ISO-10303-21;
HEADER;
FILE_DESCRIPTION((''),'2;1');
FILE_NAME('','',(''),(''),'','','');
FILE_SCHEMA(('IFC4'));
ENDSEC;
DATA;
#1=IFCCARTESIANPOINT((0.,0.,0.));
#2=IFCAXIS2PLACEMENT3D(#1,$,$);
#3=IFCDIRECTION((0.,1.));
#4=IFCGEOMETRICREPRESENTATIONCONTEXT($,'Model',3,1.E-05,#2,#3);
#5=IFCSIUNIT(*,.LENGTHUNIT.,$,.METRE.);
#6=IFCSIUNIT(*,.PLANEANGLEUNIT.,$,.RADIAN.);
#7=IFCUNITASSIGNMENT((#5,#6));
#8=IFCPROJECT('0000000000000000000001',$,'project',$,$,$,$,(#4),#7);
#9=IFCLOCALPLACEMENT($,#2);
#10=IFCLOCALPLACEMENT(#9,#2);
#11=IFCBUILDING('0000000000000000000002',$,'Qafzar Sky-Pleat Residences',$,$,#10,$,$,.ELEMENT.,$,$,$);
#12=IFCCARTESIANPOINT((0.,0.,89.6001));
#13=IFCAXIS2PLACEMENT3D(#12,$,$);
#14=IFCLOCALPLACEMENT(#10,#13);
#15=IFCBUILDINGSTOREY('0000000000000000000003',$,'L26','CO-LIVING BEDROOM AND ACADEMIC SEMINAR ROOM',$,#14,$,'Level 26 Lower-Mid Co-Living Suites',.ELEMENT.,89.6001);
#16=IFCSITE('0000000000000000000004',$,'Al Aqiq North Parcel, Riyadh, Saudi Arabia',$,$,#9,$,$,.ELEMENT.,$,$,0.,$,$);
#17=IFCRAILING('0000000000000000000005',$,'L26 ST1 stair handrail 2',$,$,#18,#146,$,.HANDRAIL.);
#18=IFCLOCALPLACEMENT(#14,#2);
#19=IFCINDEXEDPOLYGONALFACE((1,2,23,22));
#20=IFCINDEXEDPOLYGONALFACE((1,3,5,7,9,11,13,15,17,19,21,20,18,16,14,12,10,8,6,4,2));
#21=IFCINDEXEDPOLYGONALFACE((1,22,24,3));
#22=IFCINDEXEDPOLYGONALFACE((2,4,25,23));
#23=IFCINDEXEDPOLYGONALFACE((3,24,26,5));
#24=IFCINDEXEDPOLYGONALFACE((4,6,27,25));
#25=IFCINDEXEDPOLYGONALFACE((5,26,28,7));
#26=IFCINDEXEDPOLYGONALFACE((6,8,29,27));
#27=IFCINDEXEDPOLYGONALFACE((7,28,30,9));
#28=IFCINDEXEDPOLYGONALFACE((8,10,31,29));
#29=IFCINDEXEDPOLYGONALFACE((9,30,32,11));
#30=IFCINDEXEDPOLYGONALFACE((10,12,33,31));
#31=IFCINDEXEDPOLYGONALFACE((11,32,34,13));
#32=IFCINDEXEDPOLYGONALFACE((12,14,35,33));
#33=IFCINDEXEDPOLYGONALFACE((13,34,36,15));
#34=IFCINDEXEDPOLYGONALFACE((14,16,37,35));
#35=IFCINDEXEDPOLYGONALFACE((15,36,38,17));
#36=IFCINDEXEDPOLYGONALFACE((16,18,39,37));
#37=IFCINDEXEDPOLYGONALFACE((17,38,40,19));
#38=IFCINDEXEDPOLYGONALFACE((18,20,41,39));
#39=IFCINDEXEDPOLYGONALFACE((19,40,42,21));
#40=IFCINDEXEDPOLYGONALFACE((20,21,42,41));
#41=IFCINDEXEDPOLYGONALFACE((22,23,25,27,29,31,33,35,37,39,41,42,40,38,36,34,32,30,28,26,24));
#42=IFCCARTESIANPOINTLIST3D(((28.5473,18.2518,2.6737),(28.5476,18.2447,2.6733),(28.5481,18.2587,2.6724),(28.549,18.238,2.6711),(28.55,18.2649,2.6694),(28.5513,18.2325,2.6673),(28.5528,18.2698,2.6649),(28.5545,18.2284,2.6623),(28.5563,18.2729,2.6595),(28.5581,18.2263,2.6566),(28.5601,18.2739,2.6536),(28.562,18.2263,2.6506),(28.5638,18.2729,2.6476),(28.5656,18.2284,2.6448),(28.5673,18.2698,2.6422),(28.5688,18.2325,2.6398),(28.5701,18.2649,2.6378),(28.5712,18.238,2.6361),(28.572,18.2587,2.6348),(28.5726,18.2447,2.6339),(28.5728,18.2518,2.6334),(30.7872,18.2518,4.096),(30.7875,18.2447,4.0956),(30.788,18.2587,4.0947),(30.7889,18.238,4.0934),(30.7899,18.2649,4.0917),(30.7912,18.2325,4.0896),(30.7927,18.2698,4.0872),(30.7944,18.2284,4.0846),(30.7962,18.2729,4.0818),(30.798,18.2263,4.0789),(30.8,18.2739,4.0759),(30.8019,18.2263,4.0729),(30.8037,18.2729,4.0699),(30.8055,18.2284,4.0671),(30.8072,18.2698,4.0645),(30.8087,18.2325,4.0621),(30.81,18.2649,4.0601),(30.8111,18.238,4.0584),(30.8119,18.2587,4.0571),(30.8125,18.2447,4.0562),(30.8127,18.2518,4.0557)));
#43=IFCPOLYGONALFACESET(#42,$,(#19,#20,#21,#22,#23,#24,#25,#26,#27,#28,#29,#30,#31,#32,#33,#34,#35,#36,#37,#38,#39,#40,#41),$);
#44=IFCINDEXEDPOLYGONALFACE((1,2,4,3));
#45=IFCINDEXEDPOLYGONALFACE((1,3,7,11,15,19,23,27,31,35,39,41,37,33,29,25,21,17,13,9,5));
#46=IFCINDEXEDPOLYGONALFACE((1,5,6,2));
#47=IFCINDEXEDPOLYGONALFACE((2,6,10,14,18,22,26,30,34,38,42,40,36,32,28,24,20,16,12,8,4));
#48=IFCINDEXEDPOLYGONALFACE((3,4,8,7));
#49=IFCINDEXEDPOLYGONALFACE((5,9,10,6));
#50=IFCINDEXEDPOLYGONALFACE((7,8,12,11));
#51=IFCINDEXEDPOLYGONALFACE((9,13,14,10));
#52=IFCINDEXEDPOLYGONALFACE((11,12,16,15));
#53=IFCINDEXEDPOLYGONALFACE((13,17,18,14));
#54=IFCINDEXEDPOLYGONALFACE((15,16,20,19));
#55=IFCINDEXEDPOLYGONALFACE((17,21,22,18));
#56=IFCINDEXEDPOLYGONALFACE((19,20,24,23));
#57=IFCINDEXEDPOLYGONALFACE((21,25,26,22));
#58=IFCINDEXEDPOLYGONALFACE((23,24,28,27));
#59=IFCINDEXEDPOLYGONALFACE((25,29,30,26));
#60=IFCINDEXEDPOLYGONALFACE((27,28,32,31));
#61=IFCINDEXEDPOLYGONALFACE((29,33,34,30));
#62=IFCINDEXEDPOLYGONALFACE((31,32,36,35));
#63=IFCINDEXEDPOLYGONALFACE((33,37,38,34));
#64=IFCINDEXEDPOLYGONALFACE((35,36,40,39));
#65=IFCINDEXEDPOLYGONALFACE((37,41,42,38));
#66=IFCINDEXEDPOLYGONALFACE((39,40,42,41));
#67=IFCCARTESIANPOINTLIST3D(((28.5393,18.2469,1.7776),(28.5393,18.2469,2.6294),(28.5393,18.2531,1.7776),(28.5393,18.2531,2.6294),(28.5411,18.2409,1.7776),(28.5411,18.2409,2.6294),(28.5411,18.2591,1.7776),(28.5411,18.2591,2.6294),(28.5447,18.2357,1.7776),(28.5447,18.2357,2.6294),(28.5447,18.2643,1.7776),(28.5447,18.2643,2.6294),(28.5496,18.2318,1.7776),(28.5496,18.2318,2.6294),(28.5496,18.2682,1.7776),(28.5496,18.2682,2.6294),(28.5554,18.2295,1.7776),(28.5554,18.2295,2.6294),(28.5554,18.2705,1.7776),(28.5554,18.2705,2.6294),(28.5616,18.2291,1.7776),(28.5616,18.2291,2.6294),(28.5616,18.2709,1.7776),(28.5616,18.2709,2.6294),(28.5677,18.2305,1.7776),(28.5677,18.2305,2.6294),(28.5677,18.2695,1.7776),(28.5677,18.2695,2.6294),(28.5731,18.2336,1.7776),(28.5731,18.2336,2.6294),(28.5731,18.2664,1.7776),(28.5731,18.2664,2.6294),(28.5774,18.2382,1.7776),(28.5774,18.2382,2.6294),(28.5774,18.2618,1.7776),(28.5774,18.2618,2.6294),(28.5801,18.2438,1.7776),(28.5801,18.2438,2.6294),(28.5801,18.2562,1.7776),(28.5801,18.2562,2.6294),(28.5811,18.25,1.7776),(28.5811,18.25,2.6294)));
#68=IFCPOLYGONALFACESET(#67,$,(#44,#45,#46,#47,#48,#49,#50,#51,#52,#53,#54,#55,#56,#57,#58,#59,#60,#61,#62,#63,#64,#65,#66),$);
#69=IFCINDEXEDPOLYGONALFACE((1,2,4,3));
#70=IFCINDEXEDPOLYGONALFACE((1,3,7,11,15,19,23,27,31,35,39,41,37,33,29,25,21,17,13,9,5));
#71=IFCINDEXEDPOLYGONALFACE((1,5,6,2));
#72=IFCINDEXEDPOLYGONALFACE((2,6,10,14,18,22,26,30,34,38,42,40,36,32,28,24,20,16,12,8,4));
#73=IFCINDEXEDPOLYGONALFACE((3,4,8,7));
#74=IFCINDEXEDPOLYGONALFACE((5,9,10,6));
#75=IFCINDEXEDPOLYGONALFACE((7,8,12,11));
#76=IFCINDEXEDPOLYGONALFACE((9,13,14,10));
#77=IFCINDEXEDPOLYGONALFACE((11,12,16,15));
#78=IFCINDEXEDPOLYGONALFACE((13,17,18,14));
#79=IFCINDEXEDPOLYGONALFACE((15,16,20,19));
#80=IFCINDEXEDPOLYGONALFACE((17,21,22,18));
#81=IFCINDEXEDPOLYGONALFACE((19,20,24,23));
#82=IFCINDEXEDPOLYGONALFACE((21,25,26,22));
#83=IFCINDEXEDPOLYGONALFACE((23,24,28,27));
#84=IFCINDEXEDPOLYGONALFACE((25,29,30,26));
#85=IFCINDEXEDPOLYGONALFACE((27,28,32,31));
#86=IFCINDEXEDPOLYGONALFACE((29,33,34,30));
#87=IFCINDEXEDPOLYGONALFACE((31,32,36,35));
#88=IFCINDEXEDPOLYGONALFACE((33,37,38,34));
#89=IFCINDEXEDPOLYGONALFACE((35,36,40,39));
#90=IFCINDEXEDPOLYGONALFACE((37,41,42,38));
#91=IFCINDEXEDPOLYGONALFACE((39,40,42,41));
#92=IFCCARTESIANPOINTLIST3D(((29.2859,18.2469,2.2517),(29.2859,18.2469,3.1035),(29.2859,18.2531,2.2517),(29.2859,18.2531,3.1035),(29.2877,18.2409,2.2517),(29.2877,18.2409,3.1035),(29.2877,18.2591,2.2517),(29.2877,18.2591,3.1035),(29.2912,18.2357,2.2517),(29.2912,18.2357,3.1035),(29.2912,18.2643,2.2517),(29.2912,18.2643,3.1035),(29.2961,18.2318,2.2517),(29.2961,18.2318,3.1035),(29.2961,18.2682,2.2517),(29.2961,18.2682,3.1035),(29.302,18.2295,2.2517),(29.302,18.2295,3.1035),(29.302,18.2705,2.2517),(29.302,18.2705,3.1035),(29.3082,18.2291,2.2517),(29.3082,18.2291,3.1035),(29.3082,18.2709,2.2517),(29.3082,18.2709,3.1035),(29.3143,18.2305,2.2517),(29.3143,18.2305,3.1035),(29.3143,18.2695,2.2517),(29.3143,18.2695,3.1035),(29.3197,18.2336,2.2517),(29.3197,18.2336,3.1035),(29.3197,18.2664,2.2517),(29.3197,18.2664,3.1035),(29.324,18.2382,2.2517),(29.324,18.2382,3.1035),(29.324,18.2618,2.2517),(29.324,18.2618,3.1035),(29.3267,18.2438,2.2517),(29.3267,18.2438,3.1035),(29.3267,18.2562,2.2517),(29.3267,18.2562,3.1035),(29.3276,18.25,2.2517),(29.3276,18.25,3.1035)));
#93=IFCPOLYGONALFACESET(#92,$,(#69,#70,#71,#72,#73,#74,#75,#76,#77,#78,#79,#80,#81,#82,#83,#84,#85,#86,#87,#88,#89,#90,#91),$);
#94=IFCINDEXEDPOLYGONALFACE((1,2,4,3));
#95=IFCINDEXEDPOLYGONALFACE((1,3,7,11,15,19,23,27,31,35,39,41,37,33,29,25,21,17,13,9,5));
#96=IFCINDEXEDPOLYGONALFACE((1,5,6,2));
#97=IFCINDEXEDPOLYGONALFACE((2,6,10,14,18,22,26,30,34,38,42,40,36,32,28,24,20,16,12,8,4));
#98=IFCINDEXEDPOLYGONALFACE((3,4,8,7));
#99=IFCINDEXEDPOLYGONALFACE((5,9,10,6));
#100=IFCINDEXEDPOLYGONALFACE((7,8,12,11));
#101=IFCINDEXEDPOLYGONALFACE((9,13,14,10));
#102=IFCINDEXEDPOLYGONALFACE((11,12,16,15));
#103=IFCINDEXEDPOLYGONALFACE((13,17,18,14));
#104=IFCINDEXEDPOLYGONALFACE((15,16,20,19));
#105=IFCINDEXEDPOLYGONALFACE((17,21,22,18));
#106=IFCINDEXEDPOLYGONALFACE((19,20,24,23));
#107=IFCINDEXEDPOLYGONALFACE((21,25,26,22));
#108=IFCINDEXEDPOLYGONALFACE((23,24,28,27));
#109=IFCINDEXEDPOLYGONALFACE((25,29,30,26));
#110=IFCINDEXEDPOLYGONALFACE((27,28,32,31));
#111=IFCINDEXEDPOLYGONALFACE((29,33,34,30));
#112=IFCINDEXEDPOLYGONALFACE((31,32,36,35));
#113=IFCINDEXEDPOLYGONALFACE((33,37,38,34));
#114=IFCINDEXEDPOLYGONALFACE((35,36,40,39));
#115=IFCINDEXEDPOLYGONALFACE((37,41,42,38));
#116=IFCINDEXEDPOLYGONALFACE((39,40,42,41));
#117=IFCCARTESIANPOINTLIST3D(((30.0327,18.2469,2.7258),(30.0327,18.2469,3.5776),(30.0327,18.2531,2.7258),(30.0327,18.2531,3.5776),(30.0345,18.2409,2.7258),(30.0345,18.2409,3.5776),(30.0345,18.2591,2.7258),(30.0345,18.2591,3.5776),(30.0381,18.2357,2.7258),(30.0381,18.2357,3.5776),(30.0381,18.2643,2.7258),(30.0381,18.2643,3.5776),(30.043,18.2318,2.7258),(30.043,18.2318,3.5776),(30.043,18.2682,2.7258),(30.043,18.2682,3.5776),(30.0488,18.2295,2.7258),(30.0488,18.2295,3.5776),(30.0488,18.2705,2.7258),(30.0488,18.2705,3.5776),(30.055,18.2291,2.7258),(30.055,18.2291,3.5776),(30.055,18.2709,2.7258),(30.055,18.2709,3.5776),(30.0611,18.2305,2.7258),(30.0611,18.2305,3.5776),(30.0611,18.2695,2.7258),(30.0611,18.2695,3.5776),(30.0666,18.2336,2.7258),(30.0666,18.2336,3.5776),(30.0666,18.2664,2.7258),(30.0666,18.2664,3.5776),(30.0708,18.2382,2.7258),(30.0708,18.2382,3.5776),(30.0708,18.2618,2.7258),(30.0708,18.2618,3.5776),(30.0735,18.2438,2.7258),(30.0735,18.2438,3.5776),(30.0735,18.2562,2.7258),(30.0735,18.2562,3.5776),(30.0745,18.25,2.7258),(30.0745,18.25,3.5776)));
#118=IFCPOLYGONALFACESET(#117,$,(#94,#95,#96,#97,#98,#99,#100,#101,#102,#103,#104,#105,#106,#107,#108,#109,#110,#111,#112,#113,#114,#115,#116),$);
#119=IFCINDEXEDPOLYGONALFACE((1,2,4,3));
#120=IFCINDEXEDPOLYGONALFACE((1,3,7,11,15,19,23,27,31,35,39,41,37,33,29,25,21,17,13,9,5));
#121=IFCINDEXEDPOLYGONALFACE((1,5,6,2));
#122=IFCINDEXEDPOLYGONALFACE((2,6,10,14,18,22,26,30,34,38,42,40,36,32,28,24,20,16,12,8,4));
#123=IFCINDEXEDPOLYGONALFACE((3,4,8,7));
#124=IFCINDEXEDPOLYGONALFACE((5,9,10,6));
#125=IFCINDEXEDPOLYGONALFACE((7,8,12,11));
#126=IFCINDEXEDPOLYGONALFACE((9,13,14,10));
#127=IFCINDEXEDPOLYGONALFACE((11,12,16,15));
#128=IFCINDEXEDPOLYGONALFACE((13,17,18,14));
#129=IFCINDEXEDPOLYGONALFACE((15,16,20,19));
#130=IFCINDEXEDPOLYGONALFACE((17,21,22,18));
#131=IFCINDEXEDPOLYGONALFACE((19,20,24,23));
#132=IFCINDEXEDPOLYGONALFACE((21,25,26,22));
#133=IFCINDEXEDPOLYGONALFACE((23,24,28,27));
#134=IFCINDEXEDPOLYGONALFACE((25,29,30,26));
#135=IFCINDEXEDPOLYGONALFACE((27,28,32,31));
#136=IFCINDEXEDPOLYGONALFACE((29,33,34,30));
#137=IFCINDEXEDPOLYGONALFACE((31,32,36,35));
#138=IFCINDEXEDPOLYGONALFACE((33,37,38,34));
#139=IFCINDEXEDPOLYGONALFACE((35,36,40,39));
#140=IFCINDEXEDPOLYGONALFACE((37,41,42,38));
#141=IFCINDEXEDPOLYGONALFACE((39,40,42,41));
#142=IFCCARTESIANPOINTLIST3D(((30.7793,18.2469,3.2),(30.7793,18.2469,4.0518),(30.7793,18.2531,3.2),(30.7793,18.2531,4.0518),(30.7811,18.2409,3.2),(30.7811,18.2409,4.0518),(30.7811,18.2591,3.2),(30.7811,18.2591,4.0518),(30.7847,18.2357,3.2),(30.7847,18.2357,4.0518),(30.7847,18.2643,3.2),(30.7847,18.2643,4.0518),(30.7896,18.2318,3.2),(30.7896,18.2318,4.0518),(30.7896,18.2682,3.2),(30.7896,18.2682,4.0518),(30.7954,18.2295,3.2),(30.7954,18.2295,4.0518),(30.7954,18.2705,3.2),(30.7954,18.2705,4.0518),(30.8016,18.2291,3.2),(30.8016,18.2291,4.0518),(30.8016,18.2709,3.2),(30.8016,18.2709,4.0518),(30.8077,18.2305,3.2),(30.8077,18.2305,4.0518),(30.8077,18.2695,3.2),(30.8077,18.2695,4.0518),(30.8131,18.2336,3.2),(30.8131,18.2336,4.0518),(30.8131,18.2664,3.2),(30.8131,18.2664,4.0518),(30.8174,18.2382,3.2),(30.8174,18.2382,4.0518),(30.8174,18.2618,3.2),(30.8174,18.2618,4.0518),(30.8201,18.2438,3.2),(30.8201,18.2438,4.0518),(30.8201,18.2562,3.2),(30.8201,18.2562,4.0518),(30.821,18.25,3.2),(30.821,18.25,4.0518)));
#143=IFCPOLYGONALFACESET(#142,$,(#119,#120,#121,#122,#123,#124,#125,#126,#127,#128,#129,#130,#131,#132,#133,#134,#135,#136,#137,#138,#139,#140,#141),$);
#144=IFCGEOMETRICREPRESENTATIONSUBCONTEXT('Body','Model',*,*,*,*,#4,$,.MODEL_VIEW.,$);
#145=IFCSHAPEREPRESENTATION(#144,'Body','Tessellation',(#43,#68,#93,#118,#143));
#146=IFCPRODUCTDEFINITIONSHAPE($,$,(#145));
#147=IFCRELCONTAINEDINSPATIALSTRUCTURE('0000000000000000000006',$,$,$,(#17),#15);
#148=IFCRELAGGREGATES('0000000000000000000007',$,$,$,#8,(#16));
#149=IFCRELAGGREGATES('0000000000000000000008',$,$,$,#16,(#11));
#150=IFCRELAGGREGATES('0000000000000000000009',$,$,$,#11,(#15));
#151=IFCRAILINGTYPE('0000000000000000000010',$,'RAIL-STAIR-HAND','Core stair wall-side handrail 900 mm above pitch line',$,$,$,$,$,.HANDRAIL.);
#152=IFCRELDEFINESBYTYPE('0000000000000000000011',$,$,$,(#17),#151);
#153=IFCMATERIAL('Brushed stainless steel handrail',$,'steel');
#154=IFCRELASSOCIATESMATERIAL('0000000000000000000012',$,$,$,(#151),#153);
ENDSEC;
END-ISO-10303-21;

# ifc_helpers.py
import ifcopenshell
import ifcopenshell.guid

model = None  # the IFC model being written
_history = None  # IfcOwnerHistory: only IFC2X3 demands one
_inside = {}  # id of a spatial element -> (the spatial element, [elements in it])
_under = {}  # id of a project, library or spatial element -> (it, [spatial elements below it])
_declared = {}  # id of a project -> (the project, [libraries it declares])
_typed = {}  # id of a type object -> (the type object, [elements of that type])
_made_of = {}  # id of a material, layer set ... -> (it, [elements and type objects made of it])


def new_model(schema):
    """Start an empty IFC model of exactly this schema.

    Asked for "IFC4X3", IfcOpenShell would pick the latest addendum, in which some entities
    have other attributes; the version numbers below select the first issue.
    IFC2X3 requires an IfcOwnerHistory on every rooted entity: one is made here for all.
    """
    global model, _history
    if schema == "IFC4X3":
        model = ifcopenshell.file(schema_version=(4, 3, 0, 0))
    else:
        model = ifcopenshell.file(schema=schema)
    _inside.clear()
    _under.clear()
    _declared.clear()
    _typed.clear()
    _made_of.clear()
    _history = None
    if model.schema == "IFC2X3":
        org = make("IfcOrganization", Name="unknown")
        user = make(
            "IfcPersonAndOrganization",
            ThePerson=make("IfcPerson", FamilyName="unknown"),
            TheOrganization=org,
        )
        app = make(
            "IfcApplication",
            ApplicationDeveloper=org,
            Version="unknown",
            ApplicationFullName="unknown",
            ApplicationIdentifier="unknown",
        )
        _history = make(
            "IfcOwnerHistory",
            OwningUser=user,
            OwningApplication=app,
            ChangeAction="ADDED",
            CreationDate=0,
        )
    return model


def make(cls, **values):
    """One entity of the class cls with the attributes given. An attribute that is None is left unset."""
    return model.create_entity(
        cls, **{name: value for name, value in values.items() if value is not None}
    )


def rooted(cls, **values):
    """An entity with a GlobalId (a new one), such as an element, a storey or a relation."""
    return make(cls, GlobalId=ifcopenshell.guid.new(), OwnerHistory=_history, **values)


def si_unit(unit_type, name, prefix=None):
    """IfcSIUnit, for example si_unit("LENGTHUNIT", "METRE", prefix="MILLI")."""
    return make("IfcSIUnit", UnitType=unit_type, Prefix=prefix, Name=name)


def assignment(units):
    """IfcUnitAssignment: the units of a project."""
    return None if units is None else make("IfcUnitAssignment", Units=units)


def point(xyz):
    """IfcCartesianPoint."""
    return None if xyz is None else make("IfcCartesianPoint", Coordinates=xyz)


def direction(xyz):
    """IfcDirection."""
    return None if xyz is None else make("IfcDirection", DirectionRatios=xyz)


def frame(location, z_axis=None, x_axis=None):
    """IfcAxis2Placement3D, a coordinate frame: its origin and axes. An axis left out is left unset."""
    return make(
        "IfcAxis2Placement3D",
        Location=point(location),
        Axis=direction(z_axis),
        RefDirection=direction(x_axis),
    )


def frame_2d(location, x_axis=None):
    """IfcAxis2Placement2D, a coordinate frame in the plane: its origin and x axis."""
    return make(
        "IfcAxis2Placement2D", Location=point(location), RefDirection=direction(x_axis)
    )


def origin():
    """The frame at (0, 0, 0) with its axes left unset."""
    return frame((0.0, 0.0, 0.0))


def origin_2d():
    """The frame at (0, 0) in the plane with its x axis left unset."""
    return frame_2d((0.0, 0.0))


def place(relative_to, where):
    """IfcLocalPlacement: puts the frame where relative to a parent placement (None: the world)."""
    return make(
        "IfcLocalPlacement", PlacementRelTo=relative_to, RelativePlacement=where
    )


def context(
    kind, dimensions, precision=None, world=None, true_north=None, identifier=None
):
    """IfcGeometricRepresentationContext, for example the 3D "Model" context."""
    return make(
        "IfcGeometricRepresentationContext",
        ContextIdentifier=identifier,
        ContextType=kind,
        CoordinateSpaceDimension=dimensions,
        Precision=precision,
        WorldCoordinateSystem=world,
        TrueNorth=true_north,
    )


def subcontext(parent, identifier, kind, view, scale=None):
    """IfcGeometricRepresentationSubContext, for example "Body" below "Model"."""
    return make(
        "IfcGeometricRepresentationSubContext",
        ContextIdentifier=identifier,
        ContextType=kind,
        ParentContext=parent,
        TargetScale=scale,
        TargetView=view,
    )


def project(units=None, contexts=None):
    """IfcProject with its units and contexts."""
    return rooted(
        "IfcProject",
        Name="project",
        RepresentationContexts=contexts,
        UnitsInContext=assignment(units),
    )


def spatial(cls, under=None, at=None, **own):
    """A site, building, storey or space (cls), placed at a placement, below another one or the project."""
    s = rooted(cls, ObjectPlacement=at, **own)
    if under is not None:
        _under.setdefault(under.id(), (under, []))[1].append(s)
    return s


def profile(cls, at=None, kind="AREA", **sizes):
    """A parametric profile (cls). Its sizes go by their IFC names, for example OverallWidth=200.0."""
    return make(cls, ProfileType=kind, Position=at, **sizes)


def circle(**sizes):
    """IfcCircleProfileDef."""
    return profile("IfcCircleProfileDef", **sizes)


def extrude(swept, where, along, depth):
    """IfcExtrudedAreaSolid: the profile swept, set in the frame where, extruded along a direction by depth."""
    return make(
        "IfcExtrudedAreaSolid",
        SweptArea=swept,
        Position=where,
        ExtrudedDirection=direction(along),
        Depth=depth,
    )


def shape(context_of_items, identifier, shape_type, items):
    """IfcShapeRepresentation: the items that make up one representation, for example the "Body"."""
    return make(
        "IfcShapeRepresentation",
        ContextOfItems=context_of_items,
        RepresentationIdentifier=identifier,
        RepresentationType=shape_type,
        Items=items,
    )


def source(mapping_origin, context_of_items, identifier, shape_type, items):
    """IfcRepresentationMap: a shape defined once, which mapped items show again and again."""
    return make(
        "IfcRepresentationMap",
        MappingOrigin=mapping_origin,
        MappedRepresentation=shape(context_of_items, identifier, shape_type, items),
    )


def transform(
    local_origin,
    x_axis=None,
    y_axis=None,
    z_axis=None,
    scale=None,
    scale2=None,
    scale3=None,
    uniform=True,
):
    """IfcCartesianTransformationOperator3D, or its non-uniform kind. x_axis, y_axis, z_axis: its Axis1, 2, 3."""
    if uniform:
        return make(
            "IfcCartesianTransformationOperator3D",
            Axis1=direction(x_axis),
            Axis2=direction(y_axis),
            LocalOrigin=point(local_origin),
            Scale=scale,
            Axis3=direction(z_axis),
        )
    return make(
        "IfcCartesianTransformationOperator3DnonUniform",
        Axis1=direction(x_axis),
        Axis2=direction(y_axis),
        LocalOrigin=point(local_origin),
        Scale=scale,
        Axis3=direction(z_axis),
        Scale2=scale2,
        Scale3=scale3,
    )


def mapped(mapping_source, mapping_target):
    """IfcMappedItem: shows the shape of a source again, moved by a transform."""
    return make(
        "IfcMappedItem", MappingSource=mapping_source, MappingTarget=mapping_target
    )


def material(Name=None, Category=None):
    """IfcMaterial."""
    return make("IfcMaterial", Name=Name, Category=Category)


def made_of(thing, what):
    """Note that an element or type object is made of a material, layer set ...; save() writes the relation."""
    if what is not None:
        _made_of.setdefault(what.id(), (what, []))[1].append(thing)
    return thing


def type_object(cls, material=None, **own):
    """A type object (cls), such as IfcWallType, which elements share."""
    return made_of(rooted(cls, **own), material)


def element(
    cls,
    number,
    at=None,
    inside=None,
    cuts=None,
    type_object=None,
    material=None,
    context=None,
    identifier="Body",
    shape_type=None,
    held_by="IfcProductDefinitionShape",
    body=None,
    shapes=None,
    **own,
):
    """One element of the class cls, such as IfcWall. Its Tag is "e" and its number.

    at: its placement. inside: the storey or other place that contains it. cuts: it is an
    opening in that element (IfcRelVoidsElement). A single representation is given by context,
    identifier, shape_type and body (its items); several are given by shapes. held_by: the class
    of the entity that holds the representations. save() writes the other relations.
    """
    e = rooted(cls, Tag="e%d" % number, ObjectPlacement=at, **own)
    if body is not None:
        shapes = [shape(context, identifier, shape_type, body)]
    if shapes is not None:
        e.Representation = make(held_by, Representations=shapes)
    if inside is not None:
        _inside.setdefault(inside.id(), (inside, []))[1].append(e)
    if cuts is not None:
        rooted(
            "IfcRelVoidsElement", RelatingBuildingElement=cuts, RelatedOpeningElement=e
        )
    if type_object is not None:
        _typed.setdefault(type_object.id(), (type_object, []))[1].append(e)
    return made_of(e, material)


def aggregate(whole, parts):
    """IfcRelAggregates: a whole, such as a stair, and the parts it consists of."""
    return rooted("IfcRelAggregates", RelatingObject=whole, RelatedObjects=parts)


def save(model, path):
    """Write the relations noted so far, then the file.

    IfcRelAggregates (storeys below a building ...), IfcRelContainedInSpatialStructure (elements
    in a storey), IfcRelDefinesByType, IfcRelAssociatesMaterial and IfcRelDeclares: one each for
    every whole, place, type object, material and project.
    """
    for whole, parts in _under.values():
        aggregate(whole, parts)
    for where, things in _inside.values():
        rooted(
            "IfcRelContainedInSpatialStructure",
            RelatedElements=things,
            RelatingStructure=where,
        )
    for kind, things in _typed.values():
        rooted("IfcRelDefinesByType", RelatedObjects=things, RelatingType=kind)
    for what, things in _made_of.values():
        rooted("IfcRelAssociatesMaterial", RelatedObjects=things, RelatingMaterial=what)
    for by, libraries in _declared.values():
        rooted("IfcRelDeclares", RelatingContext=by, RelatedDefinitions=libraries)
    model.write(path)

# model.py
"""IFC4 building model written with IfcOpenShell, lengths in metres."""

from ifc_helpers import new_model, si_unit, direction, frame, origin, origin_2d, place, context, subcontext, project, spatial, circle, extrude, source, transform, mapped, material, type_object, element, save


model = new_model("IFC4")

# Units and contexts
model_context = context("Model", 3, precision=1e-05, world=origin(), true_north=direction((0.0, 1.0)))
body_context = subcontext(model_context, "Body", "Model", "MODEL_VIEW")
ifc_project = project(units=[si_unit("LENGTHUNIT", "METRE"), si_unit("PLANEANGLEUNIT", "RADIAN")], contexts=[model_context])

# Site, building, storey
site_placement = place(None, origin())
site = spatial("IfcSite", under=ifc_project, at=site_placement, Name="Al Aqiq North Parcel, Riyadh, Saudi Arabia", CompositionType="ELEMENT", RefElevation=0.0)
building_placement = place(site_placement, origin())
building = spatial("IfcBuilding", under=site, at=building_placement, Name="Qafzar Sky-Pleat Residences", CompositionType="ELEMENT")
storey_placement = place(building_placement, frame((0.0, 0.0, 89.6001)))
storey = spatial("IfcBuildingStorey", under=building, at=storey_placement, Name="L26", Description="CO-LIVING BEDROOM AND ACADEMIC SEMINAR ROOM", LongName="Level 26 Lower-Mid Co-Living Suites", CompositionType="ELEMENT", Elevation=89.6001)

# Railing
ifc_material_1 = material(Name="Brushed stainless steel handrail", Category="steel")
railing_type_1 = type_object("IfcRailingType", Name="RAIL-STAIR-HAND", Description="Core stair wall-side handrail 900 mm above pitch line", PredefinedType="HANDRAIL", material=ifc_material_1)
shared_shape_1 = source(origin(), body_context, "Body", "SweptSolid", [
    extrude(circle(Radius=0.0239, at=origin_2d()), frame((0.0, 0.0, 0.876), z_axis=(0.844188, 0.0, 0.536048), x_axis=(0.0, 1.0, 0.0)), (0.0, 0.0, 1.0), 2.6533),
    extrude(circle(Radius=0.021, at=origin_2d()), origin(), (0.0, 0.0, 1.0), 0.8518),
    extrude(circle(Radius=0.021, at=origin_2d()), frame((0.7466, 0.0, 0.4741)), (0.0, 0.0, 1.0), 0.8518),
    extrude(circle(Radius=0.021, at=origin_2d()), frame((1.4934, 0.0, 0.9482)), (0.0, 0.0, 1.0), 0.8518),
    extrude(circle(Radius=0.021, at=origin_2d()), frame((2.24, 0.0, 1.4224)), (0.0, 0.0, 1.0), 0.8518),
])
railing_1_placement = place(storey_placement, frame((28.5601, 18.25, 1.7776)))
element("IfcRailing", 1, at=railing_1_placement, inside=storey, type_object=railing_type_1, Name="L26 ST1 stair handrail 2", PredefinedType="HANDRAIL", context=body_context, shape_type="MappedRepresentation", body=[
    mapped(shared_shape_1, transform((0.0, 0.0, 0.0), x_axis=(1.0, 0.0, 0.0), y_axis=(0.0, 1.0, 0.0), z_axis=(0.0, 0.0, 1.0), scale=1.0)),
])

save(model, "model.ifc")
